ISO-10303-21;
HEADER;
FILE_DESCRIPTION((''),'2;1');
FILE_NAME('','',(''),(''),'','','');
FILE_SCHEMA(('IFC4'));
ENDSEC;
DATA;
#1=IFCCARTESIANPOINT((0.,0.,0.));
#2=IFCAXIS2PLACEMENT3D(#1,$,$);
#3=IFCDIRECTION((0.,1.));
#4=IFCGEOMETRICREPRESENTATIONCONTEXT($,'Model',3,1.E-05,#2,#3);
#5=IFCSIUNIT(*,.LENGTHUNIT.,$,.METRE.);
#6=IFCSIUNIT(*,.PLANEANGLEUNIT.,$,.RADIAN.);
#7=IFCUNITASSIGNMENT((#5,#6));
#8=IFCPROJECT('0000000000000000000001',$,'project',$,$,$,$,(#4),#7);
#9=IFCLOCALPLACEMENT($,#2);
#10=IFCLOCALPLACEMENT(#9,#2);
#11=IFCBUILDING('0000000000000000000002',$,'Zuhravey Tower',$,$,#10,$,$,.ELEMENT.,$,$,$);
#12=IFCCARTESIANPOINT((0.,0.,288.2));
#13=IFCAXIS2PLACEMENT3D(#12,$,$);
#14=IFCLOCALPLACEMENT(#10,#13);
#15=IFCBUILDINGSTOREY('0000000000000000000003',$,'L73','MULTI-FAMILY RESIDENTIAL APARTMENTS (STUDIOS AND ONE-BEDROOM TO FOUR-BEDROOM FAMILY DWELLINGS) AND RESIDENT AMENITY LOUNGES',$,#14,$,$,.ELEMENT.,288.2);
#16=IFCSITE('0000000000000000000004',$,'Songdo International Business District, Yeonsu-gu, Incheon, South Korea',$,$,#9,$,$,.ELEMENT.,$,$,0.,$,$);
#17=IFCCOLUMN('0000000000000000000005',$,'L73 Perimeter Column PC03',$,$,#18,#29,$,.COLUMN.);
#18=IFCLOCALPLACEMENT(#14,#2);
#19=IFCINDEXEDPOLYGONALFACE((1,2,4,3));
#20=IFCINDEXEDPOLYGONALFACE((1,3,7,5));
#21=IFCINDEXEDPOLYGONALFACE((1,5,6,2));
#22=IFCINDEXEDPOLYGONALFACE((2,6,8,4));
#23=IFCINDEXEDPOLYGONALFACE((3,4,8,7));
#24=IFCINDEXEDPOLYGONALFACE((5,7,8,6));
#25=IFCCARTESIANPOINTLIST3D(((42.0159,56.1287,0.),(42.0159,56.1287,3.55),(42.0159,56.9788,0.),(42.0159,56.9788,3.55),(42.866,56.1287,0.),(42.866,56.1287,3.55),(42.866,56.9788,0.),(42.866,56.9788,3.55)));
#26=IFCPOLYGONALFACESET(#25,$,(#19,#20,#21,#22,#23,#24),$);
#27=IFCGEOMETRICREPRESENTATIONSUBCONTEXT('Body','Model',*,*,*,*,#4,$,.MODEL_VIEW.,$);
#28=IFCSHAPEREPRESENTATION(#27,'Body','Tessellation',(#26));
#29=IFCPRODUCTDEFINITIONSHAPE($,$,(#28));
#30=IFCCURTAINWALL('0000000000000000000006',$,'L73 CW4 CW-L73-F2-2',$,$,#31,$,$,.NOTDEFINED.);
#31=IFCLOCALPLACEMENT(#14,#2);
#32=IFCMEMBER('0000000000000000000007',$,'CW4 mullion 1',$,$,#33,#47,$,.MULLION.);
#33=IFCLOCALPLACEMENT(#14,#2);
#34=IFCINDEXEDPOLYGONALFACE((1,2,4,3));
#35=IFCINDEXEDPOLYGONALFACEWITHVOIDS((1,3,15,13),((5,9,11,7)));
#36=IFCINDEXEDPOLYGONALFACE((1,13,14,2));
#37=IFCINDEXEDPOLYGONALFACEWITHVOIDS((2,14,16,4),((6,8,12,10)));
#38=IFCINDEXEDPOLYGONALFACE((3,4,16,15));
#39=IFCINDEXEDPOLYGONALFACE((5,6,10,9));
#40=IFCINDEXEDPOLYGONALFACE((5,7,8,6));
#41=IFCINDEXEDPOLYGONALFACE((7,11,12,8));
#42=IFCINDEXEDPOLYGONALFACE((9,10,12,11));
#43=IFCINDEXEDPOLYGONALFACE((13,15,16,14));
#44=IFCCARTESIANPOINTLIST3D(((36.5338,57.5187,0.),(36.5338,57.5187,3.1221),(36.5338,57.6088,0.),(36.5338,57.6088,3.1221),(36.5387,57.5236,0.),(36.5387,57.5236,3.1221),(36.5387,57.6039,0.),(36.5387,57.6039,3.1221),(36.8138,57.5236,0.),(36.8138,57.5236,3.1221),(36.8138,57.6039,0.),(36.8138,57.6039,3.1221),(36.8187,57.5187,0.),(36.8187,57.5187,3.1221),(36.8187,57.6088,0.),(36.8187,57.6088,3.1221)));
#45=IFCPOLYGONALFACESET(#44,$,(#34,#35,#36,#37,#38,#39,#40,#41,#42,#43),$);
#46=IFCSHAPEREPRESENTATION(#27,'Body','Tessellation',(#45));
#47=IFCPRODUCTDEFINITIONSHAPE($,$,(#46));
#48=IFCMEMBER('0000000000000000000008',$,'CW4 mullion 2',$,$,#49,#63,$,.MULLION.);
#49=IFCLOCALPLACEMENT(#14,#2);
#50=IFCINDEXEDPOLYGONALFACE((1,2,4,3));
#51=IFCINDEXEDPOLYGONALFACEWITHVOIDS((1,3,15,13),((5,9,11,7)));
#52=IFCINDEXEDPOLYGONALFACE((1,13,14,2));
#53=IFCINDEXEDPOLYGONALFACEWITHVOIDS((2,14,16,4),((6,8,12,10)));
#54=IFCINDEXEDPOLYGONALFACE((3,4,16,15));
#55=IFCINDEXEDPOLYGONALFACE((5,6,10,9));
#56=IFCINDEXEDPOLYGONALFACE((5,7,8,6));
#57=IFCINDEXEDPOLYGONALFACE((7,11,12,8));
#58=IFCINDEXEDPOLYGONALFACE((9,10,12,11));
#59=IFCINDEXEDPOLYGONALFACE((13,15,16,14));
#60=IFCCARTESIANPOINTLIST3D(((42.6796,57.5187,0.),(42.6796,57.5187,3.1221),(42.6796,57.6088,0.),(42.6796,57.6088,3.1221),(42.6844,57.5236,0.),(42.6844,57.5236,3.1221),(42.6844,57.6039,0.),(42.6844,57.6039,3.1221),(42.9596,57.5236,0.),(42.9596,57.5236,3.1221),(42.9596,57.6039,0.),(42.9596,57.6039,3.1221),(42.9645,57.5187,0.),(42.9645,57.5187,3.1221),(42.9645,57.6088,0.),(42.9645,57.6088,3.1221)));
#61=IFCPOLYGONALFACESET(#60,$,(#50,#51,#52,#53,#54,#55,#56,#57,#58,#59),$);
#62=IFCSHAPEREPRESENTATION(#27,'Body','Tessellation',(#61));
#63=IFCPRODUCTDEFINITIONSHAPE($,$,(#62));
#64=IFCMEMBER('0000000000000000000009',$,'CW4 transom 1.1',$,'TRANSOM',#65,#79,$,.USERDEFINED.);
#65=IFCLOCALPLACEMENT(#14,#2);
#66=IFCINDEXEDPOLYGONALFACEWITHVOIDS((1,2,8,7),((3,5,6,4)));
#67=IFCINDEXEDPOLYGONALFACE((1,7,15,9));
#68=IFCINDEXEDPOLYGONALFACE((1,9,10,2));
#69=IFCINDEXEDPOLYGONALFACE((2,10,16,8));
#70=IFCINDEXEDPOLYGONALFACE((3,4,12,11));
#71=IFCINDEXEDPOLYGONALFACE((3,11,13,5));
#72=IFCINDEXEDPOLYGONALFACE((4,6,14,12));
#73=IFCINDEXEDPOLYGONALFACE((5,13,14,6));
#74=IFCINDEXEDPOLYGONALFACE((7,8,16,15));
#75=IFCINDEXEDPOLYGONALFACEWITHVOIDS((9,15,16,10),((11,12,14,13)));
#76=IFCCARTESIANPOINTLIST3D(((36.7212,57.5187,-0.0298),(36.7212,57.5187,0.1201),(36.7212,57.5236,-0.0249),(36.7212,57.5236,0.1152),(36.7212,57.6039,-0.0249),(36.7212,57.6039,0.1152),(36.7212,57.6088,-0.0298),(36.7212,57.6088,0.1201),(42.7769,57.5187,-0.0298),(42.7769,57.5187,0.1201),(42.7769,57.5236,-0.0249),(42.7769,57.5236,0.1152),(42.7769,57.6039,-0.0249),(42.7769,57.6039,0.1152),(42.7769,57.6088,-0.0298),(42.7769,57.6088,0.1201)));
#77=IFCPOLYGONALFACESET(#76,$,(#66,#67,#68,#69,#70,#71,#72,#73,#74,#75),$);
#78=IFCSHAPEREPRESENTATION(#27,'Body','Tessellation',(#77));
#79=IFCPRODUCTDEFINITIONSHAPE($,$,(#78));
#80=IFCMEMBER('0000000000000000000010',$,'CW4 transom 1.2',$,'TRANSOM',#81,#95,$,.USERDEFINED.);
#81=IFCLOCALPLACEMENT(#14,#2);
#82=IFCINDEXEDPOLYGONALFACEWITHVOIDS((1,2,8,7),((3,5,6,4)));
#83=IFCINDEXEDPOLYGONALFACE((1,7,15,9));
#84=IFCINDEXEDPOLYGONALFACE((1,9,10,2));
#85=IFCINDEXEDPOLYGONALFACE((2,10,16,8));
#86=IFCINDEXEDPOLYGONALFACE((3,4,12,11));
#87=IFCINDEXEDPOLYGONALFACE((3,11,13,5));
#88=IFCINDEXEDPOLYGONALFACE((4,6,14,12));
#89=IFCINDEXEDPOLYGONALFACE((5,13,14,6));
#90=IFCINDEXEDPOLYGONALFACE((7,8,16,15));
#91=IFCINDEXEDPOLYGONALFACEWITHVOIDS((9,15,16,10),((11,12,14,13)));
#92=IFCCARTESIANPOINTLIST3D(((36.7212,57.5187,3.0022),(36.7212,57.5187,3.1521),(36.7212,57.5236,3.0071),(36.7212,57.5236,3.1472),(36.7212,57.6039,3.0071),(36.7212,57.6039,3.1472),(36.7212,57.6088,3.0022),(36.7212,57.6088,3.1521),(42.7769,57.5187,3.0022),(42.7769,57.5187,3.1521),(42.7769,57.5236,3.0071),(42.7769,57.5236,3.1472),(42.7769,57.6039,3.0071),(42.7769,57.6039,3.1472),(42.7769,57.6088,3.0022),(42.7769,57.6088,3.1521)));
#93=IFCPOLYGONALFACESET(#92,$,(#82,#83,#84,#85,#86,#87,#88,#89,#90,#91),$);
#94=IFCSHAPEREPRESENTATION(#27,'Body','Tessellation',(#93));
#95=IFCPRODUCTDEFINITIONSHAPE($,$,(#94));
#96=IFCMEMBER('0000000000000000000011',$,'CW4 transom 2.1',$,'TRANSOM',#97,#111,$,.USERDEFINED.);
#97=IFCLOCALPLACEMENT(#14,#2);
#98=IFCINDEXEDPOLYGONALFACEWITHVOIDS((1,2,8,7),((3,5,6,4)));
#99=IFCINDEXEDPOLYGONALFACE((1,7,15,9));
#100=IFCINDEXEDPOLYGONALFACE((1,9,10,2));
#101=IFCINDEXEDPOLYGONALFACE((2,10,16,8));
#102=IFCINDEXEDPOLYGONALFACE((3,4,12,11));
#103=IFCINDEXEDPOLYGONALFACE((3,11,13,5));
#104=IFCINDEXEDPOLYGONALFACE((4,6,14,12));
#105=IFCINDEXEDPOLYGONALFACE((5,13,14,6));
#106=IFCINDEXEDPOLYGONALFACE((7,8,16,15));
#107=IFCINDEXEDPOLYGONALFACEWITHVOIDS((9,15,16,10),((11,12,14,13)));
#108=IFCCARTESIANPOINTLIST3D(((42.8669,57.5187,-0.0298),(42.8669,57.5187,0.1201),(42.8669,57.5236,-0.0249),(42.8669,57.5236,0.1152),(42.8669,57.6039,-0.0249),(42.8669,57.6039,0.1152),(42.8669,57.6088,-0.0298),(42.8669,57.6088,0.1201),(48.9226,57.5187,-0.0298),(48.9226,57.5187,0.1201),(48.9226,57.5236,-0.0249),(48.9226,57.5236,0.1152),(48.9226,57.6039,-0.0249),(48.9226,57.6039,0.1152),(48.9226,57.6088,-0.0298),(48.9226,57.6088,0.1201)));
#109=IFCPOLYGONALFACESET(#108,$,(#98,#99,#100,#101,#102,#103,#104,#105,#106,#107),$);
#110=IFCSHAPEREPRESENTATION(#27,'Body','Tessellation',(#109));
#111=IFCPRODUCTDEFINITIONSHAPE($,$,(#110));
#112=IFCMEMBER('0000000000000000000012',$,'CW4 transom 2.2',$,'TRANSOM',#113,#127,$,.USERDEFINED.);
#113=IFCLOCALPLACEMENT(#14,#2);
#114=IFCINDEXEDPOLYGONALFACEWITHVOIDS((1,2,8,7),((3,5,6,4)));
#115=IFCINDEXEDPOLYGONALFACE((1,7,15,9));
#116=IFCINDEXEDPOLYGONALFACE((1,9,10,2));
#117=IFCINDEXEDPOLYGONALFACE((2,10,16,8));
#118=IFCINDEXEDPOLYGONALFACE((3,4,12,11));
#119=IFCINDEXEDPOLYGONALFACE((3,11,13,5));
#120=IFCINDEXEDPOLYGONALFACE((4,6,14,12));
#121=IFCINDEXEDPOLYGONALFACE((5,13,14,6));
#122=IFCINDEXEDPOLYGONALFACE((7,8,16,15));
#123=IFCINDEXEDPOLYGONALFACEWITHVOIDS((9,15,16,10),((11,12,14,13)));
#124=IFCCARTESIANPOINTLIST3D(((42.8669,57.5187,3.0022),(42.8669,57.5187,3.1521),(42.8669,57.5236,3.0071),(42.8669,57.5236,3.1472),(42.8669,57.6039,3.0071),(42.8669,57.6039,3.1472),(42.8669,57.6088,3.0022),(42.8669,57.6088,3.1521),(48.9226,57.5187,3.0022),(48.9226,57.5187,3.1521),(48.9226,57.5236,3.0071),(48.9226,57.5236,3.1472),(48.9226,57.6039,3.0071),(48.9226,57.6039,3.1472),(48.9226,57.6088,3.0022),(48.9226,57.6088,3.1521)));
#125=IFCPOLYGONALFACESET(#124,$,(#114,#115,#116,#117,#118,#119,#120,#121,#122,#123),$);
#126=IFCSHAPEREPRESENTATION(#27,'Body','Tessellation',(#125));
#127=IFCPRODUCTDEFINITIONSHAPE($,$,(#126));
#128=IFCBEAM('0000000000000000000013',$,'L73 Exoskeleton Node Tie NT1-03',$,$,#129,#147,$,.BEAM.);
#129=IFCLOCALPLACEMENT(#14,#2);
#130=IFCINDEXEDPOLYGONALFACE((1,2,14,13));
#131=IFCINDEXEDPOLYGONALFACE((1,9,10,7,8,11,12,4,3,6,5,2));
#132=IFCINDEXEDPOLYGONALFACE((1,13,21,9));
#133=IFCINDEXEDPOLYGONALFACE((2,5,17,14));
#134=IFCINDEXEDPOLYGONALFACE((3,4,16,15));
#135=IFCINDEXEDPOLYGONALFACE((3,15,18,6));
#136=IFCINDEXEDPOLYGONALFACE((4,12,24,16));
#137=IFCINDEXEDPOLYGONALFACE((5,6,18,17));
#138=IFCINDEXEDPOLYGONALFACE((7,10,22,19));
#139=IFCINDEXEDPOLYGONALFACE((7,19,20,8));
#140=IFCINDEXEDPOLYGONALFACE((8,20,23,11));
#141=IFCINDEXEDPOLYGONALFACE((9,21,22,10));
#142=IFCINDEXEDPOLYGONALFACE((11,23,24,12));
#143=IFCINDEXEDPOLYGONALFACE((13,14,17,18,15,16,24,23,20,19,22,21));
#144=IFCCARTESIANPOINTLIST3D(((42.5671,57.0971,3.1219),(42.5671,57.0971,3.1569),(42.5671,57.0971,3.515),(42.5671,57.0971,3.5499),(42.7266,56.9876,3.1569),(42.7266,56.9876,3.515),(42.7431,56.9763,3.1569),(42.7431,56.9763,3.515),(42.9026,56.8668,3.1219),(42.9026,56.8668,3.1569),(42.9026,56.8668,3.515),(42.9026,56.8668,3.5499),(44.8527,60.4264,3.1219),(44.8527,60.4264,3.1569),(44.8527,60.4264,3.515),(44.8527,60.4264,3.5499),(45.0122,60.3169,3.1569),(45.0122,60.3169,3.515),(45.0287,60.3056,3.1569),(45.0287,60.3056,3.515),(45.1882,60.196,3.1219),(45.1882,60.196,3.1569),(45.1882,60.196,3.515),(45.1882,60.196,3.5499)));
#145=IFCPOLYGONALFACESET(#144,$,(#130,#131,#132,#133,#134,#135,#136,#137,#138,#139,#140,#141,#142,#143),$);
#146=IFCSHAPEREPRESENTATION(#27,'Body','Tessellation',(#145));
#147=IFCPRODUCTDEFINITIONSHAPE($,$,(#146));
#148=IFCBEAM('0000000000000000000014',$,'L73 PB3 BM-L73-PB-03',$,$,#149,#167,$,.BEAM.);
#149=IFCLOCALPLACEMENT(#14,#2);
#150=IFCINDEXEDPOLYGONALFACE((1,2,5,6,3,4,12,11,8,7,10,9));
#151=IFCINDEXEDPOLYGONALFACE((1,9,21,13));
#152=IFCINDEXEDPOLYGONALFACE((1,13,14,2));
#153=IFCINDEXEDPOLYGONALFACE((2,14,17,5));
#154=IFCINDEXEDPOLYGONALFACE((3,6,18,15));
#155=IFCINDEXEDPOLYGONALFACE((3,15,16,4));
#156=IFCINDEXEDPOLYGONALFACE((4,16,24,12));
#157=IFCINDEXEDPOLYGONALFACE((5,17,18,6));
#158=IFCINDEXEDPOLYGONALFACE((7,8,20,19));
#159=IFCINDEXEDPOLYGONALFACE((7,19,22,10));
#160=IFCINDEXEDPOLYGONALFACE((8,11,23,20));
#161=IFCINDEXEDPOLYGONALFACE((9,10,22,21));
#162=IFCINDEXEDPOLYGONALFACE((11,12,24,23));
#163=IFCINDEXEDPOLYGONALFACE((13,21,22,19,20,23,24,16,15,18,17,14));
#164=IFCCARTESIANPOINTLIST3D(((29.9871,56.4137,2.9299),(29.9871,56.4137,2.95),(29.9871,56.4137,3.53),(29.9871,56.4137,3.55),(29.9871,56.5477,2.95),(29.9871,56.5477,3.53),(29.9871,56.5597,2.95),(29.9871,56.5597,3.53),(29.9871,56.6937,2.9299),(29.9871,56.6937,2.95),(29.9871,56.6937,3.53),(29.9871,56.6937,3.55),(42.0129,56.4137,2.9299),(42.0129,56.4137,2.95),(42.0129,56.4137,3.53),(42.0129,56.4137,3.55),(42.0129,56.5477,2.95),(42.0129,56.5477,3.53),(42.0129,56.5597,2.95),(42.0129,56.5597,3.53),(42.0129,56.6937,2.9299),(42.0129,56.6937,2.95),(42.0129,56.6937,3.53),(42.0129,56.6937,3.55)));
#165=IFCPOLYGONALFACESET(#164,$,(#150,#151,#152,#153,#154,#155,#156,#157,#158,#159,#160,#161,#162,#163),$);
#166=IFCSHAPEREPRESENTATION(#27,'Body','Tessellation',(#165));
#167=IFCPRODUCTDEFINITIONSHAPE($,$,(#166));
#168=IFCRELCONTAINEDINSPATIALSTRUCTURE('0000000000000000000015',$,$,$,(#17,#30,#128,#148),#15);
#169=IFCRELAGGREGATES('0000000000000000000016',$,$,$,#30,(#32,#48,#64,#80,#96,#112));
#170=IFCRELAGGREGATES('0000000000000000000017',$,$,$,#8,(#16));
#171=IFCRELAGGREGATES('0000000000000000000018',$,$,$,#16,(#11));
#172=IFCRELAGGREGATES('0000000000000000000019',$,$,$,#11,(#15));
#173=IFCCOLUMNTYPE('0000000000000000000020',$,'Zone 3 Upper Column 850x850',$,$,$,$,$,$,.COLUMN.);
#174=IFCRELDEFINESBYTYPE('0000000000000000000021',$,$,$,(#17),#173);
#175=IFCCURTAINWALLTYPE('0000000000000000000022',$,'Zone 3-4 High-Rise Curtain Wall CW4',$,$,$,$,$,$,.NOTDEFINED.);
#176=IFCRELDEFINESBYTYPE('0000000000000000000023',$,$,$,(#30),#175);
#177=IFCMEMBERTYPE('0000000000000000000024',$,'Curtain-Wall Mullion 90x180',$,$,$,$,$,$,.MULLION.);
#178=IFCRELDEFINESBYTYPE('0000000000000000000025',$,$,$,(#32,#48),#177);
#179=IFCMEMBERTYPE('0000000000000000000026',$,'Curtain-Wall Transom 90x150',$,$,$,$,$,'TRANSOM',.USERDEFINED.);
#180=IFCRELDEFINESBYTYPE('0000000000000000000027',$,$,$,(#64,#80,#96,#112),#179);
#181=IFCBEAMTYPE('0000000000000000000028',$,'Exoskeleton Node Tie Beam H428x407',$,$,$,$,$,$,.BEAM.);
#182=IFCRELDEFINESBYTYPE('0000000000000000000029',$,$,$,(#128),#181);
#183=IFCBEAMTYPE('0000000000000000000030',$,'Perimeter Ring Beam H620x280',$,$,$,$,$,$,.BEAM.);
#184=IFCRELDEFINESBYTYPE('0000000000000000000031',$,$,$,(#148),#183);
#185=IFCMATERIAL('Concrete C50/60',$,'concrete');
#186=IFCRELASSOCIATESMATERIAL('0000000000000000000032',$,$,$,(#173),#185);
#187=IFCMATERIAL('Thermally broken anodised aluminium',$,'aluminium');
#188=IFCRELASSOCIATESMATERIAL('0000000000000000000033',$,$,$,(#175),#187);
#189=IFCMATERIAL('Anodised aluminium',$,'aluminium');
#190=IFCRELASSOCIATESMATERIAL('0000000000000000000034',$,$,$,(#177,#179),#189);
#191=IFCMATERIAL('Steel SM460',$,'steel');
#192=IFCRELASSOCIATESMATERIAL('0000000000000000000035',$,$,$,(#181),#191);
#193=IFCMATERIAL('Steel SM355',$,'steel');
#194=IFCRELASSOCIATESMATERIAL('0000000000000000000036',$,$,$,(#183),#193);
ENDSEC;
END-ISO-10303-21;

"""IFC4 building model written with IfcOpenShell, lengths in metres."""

from ifc_helpers import new_model, si_unit, direction, frame, origin, origin_2d, place, context, subcontext, project, spatial, rectangle, hollow_rectangle, i_section, extrude, material, material_profile, profile_set, type_object, element, aggregate, save


model = new_model("IFC4")

# Units and contexts
model_context = context("Model", 3, precision=1e-05, world=origin(), true_north=direction((0.0, 1.0)))
body_context = subcontext(model_context, "Body", "Model", "MODEL_VIEW")
ifc_project = project(units=[si_unit("LENGTHUNIT", "METRE"), si_unit("PLANEANGLEUNIT", "RADIAN")], contexts=[model_context])

# Site, building, storey
site_placement = place(None, origin())
site = spatial("IfcSite", under=ifc_project, at=site_placement, Name="Songdo International Business District, Yeonsu-gu, Incheon, South Korea", CompositionType="ELEMENT", RefElevation=0.0)
building_placement = place(site_placement, origin())
building = spatial("IfcBuilding", under=site, at=building_placement, Name="Zuhravey Tower", CompositionType="ELEMENT")
storey_placement = place(building_placement, frame((0.0, 0.0, 288.2)))
storey = spatial("IfcBuildingStorey", under=building, at=storey_placement, Name="L73", Description="MULTI-FAMILY RESIDENTIAL APARTMENTS (STUDIOS AND ONE-BEDROOM TO FOUR-BEDROOM FAMILY DWELLINGS) AND RESIDENT AMENITY LOUNGES", CompositionType="ELEMENT", Elevation=288.2)

# Column
ifc_material_1 = material(Name="Concrete C50/60", Category="concrete")
ifc_material_profile_1 = material_profile(ifc_material_1, rectangle(XDim=0.8501, YDim=0.8501, at=origin_2d()), Name="RC-850x850")
ifc_profile_set_1 = profile_set([ifc_material_profile_1], Name="Concrete C50/60")
column_type = type_object("IfcColumnType", Name="Zone 3 Upper Column 850x850", PredefinedType="COLUMN", material=ifc_profile_set_1)
column_placement = place(storey_placement, frame((42.4409, 56.5537, 0.0), z_axis=(0.0, 0.0, 1.0), x_axis=(-1.0, 0.0, 0.0)))
element("IfcColumn", 1, at=column_placement, inside=storey, type_object=column_type, Name="L73 Perimeter Column PC03", PredefinedType="COLUMN", context=body_context, shape_type="SweptSolid", body=[
    extrude(rectangle(XDim=0.8501, YDim=0.8501, at=origin_2d()), origin(), (0.0, 0.0, 1.0), 3.55),
])

# Curtain wall, members
ifc_material_2 = material(Name="Thermally broken anodised aluminium", Category="aluminium")
curtain_wall_type = type_object("IfcCurtainWallType", Name="Zone 3-4 High-Rise Curtain Wall CW4", PredefinedType="NOTDEFINED", material=ifc_material_2)
curtain_wall_placement = place(storey_placement, origin())
curtain_wall = element("IfcCurtainWall", 2, at=curtain_wall_placement, inside=storey, type_object=curtain_wall_type, Name="L73 CW4 CW-L73-F2-2", PredefinedType="NOTDEFINED")
ifc_material_3 = material(Name="Anodised aluminium", Category="aluminium")
ifc_material_profile_2 = material_profile(ifc_material_3, hollow_rectangle(XDim=0.0901, YDim=0.2849, WallThickness=0.0049, at=origin_2d()), Name="ALU-RHS-90x285x5")
ifc_profile_set_2 = profile_set([ifc_material_profile_2], Name="Anodised aluminium")
member_type_1 = type_object("IfcMemberType", Name="Curtain-Wall Mullion 90x180", PredefinedType="MULLION", material=ifc_profile_set_2)
member_1_placement = place(storey_placement, frame((36.6763, 57.5637, 0.0), z_axis=(0.0, 0.0, 1.0), x_axis=(0.0, 1.0, 0.0)))
member_1 = element("IfcMember", 3, at=member_1_placement, type_object=member_type_1, Name="CW4 mullion 1", PredefinedType="MULLION", context=body_context, shape_type="SweptSolid", body=[
    extrude(hollow_rectangle(XDim=0.0901, YDim=0.2849, WallThickness=0.0049, at=origin_2d()), origin(), (0.0, 0.0, 1.0), 3.1221),
])
member_2_placement = place(storey_placement, frame((42.822, 57.5637, 0.0), z_axis=(0.0, 0.0, 1.0), x_axis=(0.0, 1.0, 0.0)))
member_2 = element("IfcMember", 4, at=member_2_placement, type_object=member_type_1, Name="CW4 mullion 2", PredefinedType="MULLION", context=body_context, shape_type="SweptSolid", body=[
    extrude(hollow_rectangle(XDim=0.0901, YDim=0.2849, WallThickness=0.0049, at=origin_2d()), origin(), (0.0, 0.0, 1.0), 3.1221),
])
ifc_material_profile_3 = material_profile(ifc_material_3, hollow_rectangle(XDim=0.0901, YDim=0.1499, WallThickness=0.0049, at=origin_2d()), Name="ALU-RHS-90x150x5")
ifc_profile_set_3 = profile_set([ifc_material_profile_3], Name="Anodised aluminium")
member_type_2 = type_object("IfcMemberType", Name="Curtain-Wall Transom 90x150", ElementType="TRANSOM", PredefinedType="USERDEFINED", material=ifc_profile_set_3)
member_3_placement = place(storey_placement, frame((36.7212, 57.5637, 0.0452), z_axis=(1.0, 0.0, 0.0), x_axis=(0.0, 1.0, 0.0)))
member_3 = element("IfcMember", 5, at=member_3_placement, type_object=member_type_2, Name="CW4 transom 1.1", ObjectType="TRANSOM", PredefinedType="USERDEFINED", context=body_context, shape_type="SweptSolid", body=[
    extrude(hollow_rectangle(XDim=0.0901, YDim=0.1499, WallThickness=0.0049, at=origin_2d()), origin(), (0.0, 0.0, 1.0), 6.0557),
])
member_4_placement = place(storey_placement, frame((36.7212, 57.5637, 3.0771), z_axis=(1.0, 0.0, 0.0), x_axis=(0.0, 1.0, 0.0)))
member_4 = element("IfcMember", 6, at=member_4_placement, type_object=member_type_2, Name="CW4 transom 1.2", ObjectType="TRANSOM", PredefinedType="USERDEFINED", context=body_context, shape_type="SweptSolid", body=[
    extrude(hollow_rectangle(XDim=0.0901, YDim=0.1499, WallThickness=0.0049, at=origin_2d()), origin(), (0.0, 0.0, 1.0), 6.0557),
])
member_5_placement = place(storey_placement, frame((42.8669, 57.5637, 0.0452), z_axis=(1.0, 0.0, 0.0), x_axis=(0.0, 1.0, 0.0)))
member_5 = element("IfcMember", 7, at=member_5_placement, type_object=member_type_2, Name="CW4 transom 2.1", ObjectType="TRANSOM", PredefinedType="USERDEFINED", context=body_context, shape_type="SweptSolid", body=[
    extrude(hollow_rectangle(XDim=0.0901, YDim=0.1499, WallThickness=0.0049, at=origin_2d()), origin(), (0.0, 0.0, 1.0), 6.0557),
])
member_6_placement = place(storey_placement, frame((42.8669, 57.5637, 3.0771), z_axis=(1.0, 0.0, 0.0), x_axis=(0.0, 1.0, 0.0)))
member_6 = element("IfcMember", 8, at=member_6_placement, type_object=member_type_2, Name="CW4 transom 2.2", ObjectType="TRANSOM", PredefinedType="USERDEFINED", context=body_context, shape_type="SweptSolid", body=[
    extrude(hollow_rectangle(XDim=0.0901, YDim=0.1499, WallThickness=0.0049, at=origin_2d()), origin(), (0.0, 0.0, 1.0), 6.0557),
])

# Beams
ifc_material_4 = material(Name="Steel SM460", Category="steel")
ifc_material_profile_4 = material_profile(ifc_material_4, i_section(OverallWidth=0.407, OverallDepth=0.428, WebThickness=0.02, FlangeThickness=0.0349, at=origin_2d()), Name="H-428x407x20x35")
ifc_profile_set_4 = profile_set([ifc_material_profile_4], Name="Steel SM460")
beam_type_1 = type_object("IfcBeamType", Name="Exoskeleton Node Tie Beam H428x407", PredefinedType="BEAM", material=ifc_profile_set_4)
beam_1_placement = place(storey_placement, frame((42.7349, 56.9819, 3.3359), z_axis=(0.565977, 0.824421, 0.0), x_axis=(-0.824421, 0.565977, 0.0)))
element("IfcBeam", 9, at=beam_1_placement, inside=storey, type_object=beam_type_1, Name="L73 Exoskeleton Node Tie NT1-03", PredefinedType="BEAM", context=body_context, shape_type="SweptSolid", body=[
    extrude(i_section(OverallWidth=0.407, OverallDepth=0.428, WebThickness=0.02, FlangeThickness=0.0349, at=origin_2d()), origin(), (0.0, 0.0, 1.0), 4.0383),
])
ifc_material_5 = material(Name="Steel SM355", Category="steel")
ifc_material_profile_5 = material_profile(ifc_material_5, i_section(OverallWidth=0.28, OverallDepth=0.6201, WebThickness=0.012, FlangeThickness=0.02, at=origin_2d()), Name="H-620x280x12x20")
ifc_profile_set_5 = profile_set([ifc_material_profile_5], Name="Steel SM355")
beam_type_2 = type_object("IfcBeamType", Name="Perimeter Ring Beam H620x280", PredefinedType="BEAM", material=ifc_profile_set_5)
beam_2_placement = place(storey_placement, frame((42.0129, 56.5537, 3.24), z_axis=(-1.0, 0.0, 0.0), x_axis=(0.0, -1.0, 0.0)))
element("IfcBeam", 10, at=beam_2_placement, inside=storey, type_object=beam_type_2, Name="L73 PB3 BM-L73-PB-03", PredefinedType="BEAM", context=body_context, shape_type="SweptSolid", body=[
    extrude(i_section(OverallWidth=0.28, OverallDepth=0.6201, WebThickness=0.012, FlangeThickness=0.02, at=origin_2d()), origin(), (0.0, 0.0, 1.0), 12.0259),
])

aggregate(curtain_wall, [member_1, member_2, member_3, member_4, member_5, member_6])

save(model, "model.ifc")
